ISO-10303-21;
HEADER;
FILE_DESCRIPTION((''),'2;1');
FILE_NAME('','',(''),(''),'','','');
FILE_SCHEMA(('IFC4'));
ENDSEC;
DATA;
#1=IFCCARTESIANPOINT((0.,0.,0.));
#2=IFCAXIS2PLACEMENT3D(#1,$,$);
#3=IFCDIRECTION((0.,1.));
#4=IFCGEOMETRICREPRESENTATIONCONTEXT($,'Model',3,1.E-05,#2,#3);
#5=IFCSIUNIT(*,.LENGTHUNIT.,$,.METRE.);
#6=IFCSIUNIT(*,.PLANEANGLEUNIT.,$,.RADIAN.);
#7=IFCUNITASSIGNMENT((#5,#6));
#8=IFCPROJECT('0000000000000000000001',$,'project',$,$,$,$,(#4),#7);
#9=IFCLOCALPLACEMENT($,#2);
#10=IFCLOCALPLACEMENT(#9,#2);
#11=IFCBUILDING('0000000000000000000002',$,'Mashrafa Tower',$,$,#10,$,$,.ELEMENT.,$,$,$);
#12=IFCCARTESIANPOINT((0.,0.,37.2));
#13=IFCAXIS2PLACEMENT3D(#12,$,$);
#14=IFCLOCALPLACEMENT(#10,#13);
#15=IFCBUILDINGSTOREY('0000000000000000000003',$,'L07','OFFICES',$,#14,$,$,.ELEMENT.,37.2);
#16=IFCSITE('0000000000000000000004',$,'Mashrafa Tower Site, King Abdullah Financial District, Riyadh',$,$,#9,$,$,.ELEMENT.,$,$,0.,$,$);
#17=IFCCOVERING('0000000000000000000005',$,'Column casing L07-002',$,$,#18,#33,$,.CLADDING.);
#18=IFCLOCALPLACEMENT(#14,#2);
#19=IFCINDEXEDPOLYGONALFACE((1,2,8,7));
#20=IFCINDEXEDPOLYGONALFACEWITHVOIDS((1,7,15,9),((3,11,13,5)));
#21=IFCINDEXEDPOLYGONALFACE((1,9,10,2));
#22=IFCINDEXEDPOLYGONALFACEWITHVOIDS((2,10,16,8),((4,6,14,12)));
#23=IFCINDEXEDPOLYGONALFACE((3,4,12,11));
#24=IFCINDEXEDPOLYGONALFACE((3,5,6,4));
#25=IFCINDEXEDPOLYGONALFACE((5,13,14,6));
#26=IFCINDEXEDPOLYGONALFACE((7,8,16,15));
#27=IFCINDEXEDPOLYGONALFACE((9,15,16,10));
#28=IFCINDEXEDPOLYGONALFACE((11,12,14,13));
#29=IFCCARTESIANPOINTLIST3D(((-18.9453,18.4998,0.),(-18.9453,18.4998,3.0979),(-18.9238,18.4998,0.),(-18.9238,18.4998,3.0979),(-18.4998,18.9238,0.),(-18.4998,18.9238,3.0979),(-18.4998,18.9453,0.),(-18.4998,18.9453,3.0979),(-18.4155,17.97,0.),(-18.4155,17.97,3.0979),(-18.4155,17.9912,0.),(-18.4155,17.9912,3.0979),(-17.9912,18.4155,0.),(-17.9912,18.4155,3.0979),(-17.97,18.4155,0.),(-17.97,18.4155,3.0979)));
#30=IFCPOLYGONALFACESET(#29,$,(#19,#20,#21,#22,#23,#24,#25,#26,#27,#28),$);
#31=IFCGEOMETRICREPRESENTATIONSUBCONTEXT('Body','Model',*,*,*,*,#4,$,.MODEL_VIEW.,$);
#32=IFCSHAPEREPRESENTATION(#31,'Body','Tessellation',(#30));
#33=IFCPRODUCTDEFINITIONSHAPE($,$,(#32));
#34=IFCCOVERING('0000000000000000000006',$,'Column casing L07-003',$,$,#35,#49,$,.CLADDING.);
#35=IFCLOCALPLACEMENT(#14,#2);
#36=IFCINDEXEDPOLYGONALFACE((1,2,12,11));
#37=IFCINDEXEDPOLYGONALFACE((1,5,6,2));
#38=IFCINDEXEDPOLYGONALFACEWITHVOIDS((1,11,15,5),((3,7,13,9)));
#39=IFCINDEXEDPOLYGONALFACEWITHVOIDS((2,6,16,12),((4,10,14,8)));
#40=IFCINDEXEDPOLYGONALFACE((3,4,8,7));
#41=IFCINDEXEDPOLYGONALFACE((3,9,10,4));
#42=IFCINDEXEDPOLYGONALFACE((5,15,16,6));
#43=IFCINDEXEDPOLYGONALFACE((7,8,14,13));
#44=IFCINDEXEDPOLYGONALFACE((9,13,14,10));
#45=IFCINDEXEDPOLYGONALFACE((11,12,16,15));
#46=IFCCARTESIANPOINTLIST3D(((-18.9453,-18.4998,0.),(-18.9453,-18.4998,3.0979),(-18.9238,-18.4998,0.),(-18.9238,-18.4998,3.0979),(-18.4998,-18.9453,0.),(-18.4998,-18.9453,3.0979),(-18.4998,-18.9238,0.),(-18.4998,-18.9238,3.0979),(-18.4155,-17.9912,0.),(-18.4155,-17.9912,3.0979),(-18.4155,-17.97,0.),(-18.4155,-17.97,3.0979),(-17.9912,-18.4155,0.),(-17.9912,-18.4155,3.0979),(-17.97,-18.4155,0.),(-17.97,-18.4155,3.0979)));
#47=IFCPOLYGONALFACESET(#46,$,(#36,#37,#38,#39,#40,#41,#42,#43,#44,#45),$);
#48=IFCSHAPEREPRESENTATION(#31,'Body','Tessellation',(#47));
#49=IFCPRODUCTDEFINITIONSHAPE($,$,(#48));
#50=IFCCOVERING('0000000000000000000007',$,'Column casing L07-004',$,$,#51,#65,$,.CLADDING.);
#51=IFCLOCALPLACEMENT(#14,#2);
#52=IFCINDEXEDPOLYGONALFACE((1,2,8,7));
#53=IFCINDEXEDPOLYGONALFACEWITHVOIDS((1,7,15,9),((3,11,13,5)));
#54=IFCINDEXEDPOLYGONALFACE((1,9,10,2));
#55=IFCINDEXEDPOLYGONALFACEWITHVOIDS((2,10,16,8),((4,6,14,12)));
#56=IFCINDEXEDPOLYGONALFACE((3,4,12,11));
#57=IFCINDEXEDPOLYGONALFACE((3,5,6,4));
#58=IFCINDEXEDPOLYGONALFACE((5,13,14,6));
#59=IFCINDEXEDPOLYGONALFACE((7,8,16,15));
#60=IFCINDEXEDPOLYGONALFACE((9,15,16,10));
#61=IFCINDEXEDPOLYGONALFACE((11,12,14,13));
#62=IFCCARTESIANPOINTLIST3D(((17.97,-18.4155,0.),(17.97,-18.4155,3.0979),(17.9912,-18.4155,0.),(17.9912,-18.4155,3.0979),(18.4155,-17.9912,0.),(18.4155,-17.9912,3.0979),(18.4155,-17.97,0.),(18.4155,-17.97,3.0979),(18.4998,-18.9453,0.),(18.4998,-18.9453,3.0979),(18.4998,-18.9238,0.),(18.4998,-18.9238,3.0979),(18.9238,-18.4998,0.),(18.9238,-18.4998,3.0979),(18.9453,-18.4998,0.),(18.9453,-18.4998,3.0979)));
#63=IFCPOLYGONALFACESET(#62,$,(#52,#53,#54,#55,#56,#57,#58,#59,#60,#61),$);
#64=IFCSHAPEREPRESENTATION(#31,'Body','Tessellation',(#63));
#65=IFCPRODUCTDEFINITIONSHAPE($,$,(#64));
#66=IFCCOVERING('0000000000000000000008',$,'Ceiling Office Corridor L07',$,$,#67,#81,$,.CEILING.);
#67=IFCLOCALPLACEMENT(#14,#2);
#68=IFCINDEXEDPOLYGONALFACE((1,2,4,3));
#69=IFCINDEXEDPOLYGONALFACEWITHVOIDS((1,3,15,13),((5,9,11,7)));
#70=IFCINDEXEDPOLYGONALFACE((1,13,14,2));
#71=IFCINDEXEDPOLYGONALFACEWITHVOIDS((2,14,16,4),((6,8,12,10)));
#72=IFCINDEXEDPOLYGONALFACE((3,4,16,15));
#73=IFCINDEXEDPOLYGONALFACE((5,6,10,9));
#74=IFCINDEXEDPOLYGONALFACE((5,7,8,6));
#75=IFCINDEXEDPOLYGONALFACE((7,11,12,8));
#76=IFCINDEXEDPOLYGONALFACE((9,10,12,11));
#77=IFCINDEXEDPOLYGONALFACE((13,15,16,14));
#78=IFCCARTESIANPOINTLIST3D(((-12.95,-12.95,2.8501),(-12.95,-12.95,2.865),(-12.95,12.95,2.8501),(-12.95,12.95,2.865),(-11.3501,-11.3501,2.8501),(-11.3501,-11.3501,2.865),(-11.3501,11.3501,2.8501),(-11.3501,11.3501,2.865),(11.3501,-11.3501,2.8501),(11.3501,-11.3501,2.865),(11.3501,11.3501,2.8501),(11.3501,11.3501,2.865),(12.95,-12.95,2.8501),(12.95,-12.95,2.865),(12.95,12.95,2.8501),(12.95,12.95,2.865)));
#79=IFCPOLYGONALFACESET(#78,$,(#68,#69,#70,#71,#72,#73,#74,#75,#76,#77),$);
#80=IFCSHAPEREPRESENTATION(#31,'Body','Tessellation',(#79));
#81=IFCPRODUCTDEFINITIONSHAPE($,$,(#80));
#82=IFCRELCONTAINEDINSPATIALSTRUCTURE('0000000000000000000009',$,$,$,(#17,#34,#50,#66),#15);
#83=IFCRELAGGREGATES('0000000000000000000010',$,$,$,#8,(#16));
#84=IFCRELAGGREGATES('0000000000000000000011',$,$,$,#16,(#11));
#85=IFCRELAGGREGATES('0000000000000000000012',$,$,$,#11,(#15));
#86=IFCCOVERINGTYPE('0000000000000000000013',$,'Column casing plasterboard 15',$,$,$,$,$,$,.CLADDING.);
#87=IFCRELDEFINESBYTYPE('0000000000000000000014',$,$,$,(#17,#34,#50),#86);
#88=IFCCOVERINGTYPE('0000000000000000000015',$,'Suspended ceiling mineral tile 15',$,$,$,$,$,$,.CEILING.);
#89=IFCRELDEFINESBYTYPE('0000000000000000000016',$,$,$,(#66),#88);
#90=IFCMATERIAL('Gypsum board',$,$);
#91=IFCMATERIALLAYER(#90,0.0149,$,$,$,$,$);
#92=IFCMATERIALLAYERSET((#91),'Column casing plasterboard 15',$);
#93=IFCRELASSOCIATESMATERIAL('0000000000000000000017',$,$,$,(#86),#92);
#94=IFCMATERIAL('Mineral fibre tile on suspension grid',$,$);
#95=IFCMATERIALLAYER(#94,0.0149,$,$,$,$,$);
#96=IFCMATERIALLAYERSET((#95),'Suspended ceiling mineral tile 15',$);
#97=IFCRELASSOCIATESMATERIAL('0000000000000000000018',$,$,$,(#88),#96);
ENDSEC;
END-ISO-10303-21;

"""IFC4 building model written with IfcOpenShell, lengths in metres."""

from ifc_helpers import new_model, si_unit, direction, frame, origin, place, context, subcontext, project, spatial, polyline, outline, extrude, material, layer, layer_set, type_object, element, save


model = new_model("IFC4")

# Units and contexts
model_context = context("Model", 3, precision=1e-05, world=origin(), true_north=direction((0.0, 1.0)))
body_context = subcontext(model_context, "Body", "Model", "MODEL_VIEW")
ifc_project = project(units=[si_unit("LENGTHUNIT", "METRE"), si_unit("PLANEANGLEUNIT", "RADIAN")], contexts=[model_context])

# Site, building, storey
site_placement = place(None, origin())
site = spatial("IfcSite", under=ifc_project, at=site_placement, Name="Mashrafa Tower Site, King Abdullah Financial District, Riyadh", CompositionType="ELEMENT", RefElevation=0.0)
building_placement = place(site_placement, origin())
building = spatial("IfcBuilding", under=site, at=building_placement, Name="Mashrafa Tower", CompositionType="ELEMENT")
storey_placement = place(building_placement, frame((0.0, 0.0, 37.2)))
storey = spatial("IfcBuildingStorey", under=building, at=storey_placement, Name="L07", Description="OFFICES", CompositionType="ELEMENT", Elevation=37.2)

# Coverings
ifc_material_1 = material(Name="Gypsum board")
ifc_layer_1 = layer(ifc_material_1, 0.0149)
ifc_layer_set_1 = layer_set([ifc_layer_1], Name="Column casing plasterboard 15")
covering_type_1 = type_object("IfcCoveringType", Name="Column casing plasterboard 15", PredefinedType="CLADDING", material=ifc_layer_set_1)
covering_1_placement = place(storey_placement, origin())
element("IfcCovering", 1, at=covering_1_placement, inside=storey, type_object=covering_type_1, Name="Column casing L07-002", PredefinedType="CLADDING", context=body_context, shape_type="SweptSolid", body=[
    extrude(outline(polyline([(-18.9453, 18.4998), (-18.4998, 18.9453), (-17.97, 18.4155), (-18.4155, 17.97), (-18.9453, 18.4998)]), holes=[polyline([(-17.9912, 18.4155), (-18.4998, 18.9238), (-18.9238, 18.4998), (-18.4155, 17.9912), (-17.9912, 18.4155)])]), origin(), (0.0, 0.0, 1.0), 3.0979),
])
covering_2_placement = place(storey_placement, origin())
element("IfcCovering", 2, at=covering_2_placement, inside=storey, type_object=covering_type_1, Name="Column casing L07-003", PredefinedType="CLADDING", context=body_context, shape_type="SweptSolid", body=[
    extrude(outline(polyline([(-18.9453, -18.4998), (-18.4155, -17.97), (-17.97, -18.4155), (-18.4998, -18.9453), (-18.9453, -18.4998)]), holes=[polyline([(-17.9912, -18.4155), (-18.4155, -17.9912), (-18.9238, -18.4998), (-18.4998, -18.9238), (-17.9912, -18.4155)])]), origin(), (0.0, 0.0, 1.0), 3.0979),
])
covering_3_placement = place(storey_placement, origin())
element("IfcCovering", 3, at=covering_3_placement, inside=storey, type_object=covering_type_1, Name="Column casing L07-004", PredefinedType="CLADDING", context=body_context, shape_type="SweptSolid", body=[
    extrude(outline(polyline([(17.97, -18.4155), (18.4155, -17.97), (18.9453, -18.4998), (18.4998, -18.9453), (17.97, -18.4155)]), holes=[polyline([(18.9238, -18.4998), (18.4155, -17.9912), (17.9912, -18.4155), (18.4998, -18.9238), (18.9238, -18.4998)])]), origin(), (0.0, 0.0, 1.0), 3.0979),
])
ifc_material_2 = material(Name="Mineral fibre tile on suspension grid")
ifc_layer_2 = layer(ifc_material_2, 0.0149)
ifc_layer_set_2 = layer_set([ifc_layer_2], Name="Suspended ceiling mineral tile 15")
covering_type_2 = type_object("IfcCoveringType", Name="Suspended ceiling mineral tile 15", PredefinedType="CEILING", material=ifc_layer_set_2)
covering_4_placement = place(storey_placement, frame((0.0, 0.0, 2.8501)))
element("IfcCovering", 4, at=covering_4_placement, inside=storey, type_object=covering_type_2, Name="Ceiling Office Corridor L07", PredefinedType="CEILING", context=body_context, shape_type="SweptSolid", body=[
    extrude(outline(polyline([(-12.95, -12.95), (-12.95, 12.95), (12.95, 12.95), (12.95, -12.95), (-12.95, -12.95)]), holes=[polyline([(11.3501, 11.3501), (-11.3501, 11.3501), (-11.3501, -11.3501), (11.3501, -11.3501), (11.3501, 11.3501)])]), origin(), (0.0, 0.0, 1.0), 0.0149),
])

save(model, "model.ifc")
